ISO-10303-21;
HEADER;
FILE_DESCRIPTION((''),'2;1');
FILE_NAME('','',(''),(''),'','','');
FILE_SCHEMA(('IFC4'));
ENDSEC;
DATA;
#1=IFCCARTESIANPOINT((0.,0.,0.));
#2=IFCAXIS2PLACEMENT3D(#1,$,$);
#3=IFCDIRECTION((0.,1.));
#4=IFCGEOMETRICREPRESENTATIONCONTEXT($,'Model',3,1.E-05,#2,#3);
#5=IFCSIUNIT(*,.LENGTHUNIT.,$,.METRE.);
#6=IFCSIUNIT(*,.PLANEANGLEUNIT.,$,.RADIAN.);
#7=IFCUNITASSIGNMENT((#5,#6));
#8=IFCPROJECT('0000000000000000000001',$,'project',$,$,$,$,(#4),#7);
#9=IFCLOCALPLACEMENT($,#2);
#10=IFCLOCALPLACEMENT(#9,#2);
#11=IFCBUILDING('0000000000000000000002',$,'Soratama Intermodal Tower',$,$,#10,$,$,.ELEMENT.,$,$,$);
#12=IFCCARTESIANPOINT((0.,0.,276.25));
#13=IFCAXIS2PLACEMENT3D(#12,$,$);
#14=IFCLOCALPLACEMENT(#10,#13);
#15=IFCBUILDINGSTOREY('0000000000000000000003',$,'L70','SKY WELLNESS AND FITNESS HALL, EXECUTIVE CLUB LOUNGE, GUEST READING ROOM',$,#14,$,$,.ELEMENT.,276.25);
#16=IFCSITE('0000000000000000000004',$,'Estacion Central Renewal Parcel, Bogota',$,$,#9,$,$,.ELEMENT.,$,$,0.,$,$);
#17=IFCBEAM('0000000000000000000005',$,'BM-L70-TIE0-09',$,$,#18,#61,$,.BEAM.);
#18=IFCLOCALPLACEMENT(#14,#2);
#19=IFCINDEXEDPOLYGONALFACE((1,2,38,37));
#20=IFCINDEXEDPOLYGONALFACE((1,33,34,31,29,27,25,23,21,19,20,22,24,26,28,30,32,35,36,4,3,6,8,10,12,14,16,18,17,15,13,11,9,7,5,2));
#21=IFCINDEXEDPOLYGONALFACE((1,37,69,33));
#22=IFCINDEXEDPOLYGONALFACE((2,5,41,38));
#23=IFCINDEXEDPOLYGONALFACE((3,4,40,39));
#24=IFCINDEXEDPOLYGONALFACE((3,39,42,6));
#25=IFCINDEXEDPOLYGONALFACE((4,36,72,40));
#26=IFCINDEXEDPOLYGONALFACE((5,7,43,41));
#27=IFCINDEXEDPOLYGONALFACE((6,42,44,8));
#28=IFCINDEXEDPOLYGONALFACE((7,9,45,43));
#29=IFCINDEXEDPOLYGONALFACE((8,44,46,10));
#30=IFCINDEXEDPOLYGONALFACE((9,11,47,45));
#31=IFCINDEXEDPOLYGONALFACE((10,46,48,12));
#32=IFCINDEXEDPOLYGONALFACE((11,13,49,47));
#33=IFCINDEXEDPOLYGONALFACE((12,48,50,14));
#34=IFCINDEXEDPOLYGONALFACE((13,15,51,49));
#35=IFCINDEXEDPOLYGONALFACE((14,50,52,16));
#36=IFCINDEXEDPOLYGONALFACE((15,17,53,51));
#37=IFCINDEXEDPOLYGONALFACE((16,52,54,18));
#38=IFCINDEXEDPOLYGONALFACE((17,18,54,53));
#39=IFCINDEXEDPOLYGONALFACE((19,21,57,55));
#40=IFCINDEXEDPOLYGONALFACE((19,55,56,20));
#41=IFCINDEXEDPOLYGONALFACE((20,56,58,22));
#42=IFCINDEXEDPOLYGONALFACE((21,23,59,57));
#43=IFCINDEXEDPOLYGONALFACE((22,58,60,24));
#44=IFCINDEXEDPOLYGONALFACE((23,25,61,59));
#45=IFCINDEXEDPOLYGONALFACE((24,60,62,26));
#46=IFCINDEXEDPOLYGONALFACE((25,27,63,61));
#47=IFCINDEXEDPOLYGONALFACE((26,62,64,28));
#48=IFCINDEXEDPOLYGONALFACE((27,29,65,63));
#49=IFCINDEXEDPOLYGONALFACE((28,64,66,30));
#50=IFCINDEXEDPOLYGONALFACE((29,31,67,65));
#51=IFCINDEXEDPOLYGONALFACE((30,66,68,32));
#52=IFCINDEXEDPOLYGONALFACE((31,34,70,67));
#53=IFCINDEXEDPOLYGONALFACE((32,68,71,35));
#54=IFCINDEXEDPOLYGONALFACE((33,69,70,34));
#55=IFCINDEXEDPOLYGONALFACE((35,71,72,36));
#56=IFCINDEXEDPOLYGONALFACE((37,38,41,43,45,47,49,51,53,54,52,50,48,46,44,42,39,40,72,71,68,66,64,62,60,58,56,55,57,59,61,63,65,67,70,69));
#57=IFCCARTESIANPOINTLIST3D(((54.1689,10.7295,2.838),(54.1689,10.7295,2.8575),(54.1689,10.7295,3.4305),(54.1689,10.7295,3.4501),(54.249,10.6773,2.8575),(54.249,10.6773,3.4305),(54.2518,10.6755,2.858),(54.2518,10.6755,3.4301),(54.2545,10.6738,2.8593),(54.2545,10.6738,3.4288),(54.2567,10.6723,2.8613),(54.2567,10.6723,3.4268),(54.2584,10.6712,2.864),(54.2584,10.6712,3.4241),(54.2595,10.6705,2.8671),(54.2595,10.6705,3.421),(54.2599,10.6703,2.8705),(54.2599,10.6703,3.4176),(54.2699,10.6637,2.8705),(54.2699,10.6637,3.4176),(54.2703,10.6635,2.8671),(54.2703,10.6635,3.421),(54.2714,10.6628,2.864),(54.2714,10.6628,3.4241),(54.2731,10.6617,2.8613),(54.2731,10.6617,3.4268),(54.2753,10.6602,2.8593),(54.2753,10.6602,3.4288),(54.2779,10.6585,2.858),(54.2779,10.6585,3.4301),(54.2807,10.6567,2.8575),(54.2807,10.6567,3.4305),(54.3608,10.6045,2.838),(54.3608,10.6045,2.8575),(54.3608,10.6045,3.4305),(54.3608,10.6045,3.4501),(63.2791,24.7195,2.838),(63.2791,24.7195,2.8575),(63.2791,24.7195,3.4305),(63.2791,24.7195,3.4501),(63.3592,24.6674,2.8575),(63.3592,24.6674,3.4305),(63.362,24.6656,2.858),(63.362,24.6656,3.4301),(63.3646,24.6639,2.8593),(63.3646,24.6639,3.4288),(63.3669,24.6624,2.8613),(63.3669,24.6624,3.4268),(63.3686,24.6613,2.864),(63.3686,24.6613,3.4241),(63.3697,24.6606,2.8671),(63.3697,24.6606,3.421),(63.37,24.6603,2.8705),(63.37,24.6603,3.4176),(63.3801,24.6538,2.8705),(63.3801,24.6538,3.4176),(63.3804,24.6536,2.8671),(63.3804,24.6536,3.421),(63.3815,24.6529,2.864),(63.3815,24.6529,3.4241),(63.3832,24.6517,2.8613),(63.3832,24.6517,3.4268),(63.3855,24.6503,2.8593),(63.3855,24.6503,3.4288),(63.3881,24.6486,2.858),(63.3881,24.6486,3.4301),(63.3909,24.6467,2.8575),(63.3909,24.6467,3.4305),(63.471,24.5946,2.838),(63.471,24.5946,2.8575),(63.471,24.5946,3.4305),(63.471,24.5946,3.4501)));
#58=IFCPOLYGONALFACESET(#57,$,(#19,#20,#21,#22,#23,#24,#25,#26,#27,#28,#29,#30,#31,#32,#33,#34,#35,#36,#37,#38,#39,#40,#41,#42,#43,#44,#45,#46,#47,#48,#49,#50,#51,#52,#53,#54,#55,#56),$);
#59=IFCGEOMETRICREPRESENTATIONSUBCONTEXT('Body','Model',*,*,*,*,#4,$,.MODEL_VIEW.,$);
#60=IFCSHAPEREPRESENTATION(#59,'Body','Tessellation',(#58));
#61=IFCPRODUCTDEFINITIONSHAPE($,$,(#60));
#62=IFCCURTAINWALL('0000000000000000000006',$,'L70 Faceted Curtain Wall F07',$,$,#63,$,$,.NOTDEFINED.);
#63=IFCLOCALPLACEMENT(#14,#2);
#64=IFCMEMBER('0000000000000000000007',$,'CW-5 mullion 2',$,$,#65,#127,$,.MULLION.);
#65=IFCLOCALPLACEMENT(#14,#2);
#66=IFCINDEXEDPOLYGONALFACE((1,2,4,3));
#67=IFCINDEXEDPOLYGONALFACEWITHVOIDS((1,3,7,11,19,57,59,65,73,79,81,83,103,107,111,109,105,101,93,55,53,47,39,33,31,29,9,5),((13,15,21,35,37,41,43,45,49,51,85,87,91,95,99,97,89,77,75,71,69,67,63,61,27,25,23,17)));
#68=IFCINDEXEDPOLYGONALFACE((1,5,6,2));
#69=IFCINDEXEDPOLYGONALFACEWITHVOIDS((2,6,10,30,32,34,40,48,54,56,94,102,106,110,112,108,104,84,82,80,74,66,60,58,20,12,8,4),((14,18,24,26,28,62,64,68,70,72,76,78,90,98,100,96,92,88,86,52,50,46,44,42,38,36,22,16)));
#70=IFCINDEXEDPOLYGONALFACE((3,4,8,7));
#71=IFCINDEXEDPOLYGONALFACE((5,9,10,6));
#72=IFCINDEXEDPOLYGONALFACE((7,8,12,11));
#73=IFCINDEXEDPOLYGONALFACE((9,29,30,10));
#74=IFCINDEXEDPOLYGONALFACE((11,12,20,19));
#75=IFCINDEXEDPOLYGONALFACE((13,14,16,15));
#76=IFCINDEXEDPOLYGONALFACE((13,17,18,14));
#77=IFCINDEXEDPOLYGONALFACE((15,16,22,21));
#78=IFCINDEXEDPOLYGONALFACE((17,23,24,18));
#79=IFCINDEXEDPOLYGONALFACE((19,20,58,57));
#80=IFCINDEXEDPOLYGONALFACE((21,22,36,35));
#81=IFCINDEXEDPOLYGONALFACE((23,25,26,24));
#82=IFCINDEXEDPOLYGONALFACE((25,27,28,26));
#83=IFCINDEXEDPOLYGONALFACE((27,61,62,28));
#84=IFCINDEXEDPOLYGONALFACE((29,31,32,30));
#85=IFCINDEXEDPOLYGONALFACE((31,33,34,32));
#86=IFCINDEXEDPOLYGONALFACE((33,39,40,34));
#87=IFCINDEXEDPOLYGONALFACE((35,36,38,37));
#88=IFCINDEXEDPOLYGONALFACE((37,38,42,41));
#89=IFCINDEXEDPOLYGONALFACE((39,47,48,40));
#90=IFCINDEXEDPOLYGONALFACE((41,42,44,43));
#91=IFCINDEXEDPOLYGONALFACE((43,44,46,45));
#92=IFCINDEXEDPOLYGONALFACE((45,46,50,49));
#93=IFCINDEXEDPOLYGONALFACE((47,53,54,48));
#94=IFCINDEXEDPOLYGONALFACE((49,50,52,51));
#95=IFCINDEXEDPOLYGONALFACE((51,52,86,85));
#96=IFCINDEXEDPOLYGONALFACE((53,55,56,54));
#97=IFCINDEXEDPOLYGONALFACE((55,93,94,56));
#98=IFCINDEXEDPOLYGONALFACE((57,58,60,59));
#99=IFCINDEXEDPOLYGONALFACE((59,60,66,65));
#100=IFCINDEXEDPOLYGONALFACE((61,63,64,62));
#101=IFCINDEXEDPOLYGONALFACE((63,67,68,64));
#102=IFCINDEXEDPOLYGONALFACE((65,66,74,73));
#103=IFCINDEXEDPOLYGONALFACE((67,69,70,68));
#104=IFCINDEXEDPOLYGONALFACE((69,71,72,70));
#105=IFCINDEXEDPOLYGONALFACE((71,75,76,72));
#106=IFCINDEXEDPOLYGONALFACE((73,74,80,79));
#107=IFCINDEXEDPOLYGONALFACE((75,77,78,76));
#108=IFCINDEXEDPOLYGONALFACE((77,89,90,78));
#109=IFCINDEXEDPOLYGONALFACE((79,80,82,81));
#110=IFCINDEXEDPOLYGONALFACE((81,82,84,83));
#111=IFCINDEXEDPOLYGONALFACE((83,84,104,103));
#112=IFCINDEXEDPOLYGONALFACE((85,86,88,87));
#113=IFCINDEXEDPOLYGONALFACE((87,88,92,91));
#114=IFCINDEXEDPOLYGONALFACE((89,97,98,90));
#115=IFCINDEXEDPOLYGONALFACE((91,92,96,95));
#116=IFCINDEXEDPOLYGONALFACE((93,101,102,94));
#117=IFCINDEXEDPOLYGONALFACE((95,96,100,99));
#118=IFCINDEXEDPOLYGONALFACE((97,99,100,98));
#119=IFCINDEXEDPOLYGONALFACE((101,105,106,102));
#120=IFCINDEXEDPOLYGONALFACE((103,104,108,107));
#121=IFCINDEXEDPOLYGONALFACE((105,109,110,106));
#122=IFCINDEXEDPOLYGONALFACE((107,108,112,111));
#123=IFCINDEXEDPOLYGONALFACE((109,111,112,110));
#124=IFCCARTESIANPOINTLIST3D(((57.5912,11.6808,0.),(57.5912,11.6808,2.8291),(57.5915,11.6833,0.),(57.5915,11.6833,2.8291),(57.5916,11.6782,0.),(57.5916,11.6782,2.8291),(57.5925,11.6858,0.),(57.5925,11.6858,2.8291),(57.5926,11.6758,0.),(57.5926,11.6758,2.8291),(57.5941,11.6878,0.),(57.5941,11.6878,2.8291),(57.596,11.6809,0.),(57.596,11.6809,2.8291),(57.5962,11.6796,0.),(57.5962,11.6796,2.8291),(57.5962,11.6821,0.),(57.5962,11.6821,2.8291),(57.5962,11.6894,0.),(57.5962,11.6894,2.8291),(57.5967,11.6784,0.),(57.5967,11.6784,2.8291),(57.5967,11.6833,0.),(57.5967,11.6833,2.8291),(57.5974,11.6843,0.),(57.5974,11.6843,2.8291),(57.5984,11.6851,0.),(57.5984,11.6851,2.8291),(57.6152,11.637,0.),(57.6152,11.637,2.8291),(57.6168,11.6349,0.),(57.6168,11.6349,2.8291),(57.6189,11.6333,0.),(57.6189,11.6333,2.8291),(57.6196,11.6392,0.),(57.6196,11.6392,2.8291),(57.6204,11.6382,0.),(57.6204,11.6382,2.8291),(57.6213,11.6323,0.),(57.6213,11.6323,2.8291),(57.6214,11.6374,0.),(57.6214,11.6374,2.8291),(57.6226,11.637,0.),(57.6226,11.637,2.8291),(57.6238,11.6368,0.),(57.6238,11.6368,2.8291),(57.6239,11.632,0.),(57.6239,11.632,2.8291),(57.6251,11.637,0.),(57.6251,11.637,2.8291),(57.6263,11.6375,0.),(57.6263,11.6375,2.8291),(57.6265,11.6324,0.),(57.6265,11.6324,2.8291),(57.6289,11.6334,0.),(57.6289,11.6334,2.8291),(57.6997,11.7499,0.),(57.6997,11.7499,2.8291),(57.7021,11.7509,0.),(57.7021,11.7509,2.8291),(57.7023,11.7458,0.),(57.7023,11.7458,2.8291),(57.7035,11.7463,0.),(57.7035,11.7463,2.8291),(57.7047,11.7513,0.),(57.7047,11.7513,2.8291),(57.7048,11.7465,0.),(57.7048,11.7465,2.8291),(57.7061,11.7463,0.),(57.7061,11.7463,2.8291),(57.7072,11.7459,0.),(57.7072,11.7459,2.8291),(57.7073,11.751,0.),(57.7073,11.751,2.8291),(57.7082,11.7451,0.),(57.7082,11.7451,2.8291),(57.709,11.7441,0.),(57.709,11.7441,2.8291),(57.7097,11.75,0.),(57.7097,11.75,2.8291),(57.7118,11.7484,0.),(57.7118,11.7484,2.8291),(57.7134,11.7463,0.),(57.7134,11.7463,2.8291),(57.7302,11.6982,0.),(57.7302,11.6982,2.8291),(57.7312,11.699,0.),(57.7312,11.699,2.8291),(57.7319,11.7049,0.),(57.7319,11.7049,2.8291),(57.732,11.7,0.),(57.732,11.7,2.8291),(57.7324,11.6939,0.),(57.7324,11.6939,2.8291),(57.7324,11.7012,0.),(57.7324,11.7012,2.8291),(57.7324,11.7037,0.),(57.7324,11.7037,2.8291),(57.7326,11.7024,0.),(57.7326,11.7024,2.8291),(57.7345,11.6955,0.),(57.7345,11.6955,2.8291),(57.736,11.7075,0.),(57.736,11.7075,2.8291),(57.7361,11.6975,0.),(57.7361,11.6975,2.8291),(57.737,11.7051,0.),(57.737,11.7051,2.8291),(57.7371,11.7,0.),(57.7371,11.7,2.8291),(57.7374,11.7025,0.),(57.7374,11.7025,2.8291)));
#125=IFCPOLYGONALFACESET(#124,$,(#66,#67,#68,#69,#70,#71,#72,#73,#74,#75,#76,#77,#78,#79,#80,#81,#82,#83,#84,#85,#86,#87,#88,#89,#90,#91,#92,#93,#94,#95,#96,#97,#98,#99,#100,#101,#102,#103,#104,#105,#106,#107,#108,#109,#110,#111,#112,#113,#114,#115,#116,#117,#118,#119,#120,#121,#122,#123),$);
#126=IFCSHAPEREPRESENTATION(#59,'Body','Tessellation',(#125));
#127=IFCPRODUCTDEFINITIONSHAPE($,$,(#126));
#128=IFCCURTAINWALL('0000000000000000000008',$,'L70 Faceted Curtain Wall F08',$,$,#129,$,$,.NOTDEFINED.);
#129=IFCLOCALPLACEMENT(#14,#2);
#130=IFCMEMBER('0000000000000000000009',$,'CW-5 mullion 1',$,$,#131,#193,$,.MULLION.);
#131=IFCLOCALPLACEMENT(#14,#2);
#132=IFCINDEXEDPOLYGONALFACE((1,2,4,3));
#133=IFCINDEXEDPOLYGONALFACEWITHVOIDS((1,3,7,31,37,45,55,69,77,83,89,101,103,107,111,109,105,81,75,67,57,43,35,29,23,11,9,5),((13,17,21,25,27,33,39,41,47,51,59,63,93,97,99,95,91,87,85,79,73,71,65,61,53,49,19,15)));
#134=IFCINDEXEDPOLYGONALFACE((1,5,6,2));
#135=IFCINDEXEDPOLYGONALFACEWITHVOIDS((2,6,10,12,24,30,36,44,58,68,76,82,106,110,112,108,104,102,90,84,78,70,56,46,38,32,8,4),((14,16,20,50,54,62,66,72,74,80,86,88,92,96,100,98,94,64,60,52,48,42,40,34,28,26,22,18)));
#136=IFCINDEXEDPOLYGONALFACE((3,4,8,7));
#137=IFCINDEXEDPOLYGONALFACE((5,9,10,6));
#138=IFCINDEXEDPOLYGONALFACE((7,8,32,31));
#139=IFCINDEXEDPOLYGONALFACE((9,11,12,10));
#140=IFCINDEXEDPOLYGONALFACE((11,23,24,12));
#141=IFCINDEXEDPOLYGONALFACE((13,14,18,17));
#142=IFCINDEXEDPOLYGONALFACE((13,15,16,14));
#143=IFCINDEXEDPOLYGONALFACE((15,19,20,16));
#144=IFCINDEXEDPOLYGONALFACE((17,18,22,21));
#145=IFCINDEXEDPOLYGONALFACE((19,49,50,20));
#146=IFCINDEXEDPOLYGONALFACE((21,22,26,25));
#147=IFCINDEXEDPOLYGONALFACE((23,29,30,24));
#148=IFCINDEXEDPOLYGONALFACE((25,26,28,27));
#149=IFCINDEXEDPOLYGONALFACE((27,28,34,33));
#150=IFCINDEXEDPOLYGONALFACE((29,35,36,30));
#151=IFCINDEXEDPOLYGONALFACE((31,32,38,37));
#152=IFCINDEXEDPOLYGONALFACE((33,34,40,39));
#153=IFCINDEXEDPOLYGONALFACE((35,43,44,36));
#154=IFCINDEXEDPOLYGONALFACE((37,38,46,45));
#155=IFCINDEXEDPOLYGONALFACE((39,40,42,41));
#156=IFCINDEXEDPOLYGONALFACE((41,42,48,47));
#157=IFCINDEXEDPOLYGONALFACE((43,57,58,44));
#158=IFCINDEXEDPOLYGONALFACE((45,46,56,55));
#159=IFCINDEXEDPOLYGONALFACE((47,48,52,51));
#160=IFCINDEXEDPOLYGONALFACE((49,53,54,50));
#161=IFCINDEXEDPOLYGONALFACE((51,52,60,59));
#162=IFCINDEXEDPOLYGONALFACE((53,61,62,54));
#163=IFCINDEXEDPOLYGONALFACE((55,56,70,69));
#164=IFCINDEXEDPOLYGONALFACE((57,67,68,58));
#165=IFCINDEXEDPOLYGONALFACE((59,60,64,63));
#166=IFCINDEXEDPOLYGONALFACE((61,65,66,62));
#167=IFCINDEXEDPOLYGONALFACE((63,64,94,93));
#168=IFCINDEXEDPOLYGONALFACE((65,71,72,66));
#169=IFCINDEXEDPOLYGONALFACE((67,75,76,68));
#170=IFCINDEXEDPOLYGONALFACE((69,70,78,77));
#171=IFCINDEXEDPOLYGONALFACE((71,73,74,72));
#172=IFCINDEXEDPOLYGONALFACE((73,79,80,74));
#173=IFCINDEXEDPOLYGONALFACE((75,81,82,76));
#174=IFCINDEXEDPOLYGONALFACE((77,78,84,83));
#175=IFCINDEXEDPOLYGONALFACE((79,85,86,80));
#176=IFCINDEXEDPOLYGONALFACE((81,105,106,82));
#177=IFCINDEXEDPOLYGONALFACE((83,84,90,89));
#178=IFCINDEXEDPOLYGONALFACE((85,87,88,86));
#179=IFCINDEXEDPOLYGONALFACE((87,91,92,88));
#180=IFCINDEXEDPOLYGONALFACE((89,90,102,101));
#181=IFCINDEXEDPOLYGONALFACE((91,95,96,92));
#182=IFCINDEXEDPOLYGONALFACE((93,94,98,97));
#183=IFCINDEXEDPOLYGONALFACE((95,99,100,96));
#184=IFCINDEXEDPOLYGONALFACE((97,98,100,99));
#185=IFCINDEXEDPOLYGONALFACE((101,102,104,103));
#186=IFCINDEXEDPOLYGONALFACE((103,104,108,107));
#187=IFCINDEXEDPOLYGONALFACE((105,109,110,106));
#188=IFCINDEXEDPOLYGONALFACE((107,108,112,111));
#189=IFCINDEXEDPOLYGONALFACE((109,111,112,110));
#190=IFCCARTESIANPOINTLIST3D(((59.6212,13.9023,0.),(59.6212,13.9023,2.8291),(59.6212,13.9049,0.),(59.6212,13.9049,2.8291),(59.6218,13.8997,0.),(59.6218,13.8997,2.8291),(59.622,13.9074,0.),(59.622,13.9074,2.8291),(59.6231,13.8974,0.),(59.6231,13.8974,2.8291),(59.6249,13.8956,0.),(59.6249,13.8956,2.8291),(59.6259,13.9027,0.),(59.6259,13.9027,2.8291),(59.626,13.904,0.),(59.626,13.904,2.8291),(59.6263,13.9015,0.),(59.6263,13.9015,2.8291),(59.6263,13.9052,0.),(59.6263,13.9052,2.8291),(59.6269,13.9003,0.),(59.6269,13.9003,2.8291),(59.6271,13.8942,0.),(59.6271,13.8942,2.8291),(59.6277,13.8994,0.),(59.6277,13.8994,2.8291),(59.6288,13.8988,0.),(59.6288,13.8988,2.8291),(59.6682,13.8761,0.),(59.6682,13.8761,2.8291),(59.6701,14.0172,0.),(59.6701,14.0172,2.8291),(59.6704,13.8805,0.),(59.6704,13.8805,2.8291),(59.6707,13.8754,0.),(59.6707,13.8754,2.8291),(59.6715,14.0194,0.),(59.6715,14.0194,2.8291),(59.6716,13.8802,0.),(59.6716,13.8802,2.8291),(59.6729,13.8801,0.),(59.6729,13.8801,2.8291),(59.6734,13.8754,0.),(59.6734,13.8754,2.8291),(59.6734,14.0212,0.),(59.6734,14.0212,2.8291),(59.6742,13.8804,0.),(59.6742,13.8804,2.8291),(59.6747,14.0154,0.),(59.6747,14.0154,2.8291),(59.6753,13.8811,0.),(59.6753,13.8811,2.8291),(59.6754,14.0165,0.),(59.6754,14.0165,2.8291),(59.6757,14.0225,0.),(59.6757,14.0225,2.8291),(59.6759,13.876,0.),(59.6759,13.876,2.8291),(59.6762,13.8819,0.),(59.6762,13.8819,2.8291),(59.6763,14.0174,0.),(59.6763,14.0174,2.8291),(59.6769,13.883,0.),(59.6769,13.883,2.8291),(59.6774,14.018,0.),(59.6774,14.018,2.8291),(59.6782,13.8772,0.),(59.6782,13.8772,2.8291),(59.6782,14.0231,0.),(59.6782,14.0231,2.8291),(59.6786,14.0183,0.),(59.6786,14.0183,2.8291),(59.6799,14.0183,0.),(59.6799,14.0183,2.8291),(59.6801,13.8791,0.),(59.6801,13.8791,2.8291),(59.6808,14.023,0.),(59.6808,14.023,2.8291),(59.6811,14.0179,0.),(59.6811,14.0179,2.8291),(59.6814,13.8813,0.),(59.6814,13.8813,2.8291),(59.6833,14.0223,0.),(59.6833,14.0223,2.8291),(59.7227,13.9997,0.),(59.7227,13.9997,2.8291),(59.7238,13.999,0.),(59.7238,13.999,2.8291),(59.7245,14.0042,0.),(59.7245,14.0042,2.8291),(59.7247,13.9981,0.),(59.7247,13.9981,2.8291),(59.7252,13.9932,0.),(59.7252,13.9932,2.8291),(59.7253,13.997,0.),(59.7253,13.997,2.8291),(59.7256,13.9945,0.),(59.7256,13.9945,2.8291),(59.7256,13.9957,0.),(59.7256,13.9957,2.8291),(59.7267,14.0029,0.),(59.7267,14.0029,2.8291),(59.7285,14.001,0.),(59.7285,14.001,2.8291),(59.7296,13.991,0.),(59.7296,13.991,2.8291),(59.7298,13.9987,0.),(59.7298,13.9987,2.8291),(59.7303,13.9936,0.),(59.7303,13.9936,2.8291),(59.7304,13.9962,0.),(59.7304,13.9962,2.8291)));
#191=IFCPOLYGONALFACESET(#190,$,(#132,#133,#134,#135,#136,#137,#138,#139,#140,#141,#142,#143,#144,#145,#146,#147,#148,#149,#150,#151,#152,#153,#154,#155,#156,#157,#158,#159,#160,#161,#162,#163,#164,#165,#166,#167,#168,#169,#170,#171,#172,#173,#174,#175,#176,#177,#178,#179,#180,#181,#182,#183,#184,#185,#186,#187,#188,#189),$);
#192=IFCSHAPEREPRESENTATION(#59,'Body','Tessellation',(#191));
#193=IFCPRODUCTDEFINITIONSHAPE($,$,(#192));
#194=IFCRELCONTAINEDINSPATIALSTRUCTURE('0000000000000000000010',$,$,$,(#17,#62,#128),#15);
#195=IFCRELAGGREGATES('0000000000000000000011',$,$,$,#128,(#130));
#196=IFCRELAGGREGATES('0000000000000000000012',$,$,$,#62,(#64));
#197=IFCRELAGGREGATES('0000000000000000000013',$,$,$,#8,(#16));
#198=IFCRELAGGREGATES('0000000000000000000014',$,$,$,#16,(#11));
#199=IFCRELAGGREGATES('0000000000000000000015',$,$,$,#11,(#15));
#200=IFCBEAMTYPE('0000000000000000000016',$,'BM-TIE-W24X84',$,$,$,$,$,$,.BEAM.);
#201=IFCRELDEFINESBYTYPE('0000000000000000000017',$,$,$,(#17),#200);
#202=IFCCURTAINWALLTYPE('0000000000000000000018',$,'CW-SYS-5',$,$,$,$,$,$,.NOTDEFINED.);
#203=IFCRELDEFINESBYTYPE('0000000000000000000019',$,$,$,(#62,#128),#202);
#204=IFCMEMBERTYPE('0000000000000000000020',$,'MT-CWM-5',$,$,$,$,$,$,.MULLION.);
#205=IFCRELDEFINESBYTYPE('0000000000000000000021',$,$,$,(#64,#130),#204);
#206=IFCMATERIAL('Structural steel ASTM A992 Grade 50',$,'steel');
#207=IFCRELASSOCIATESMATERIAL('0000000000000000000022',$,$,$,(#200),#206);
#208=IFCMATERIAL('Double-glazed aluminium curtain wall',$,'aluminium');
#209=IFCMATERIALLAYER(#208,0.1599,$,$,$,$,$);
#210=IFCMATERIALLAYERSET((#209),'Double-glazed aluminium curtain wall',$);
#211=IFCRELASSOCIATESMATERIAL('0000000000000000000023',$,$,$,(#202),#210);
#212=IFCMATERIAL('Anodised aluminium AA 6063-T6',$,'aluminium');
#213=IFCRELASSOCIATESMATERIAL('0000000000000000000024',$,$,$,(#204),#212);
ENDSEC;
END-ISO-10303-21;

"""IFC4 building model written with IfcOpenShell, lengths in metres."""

from ifc_helpers import new_model, si_unit, direction, frame, origin, origin_2d, place, context, subcontext, project, spatial, hollow_rectangle, i_section, extrude, material, layer, layer_set, material_profile, profile_set, type_object, element, aggregate, save


model = new_model("IFC4")

# Units and contexts
model_context = context("Model", 3, precision=1e-05, world=origin(), true_north=direction((0.0, 1.0)))
body_context = subcontext(model_context, "Body", "Model", "MODEL_VIEW")
ifc_project = project(units=[si_unit("LENGTHUNIT", "METRE"), si_unit("PLANEANGLEUNIT", "RADIAN")], contexts=[model_context])

# Site, building, storey
site_placement = place(None, origin())
site = spatial("IfcSite", under=ifc_project, at=site_placement, Name="Estacion Central Renewal Parcel, Bogota", CompositionType="ELEMENT", RefElevation=0.0)
building_placement = place(site_placement, origin())
building = spatial("IfcBuilding", under=site, at=building_placement, Name="Soratama Intermodal Tower", CompositionType="ELEMENT")
storey_placement = place(building_placement, frame((0.0, 0.0, 276.25)))
storey = spatial("IfcBuildingStorey", under=building, at=storey_placement, Name="L70", Description="SKY WELLNESS AND FITNESS HALL, EXECUTIVE CLUB LOUNGE, GUEST READING ROOM", CompositionType="ELEMENT", Elevation=276.25)

# Beam
ifc_material_1 = material(Name="Structural steel ASTM A992 Grade 50", Category="steel")
ifc_material_profile_1 = material_profile(ifc_material_1, i_section(OverallWidth=0.229, OverallDepth=0.6121, WebThickness=0.012, FlangeThickness=0.0195, FilletRadius=0.0129, at=origin_2d()), Name="W24X84")
ifc_profile_set_1 = profile_set([ifc_material_profile_1], Name="Structural steel ASTM A992 Grade 50")
beam_type_1 = type_object("IfcBeamType", Name="BM-TIE-W24X84", PredefinedType="BEAM", material=ifc_profile_set_1)
beam_1_placement = place(storey_placement, frame((54.2649, 10.667, 3.144), z_axis=(0.545688, 0.837989, 0.0), x_axis=(-0.837989, 0.545688, 0.0)))
element("IfcBeam", 1, at=beam_1_placement, inside=storey, type_object=beam_type_1, Name="BM-L70-TIE0-09", PredefinedType="BEAM", context=body_context, shape_type="SweptSolid", body=[
    extrude(i_section(OverallWidth=0.229, OverallDepth=0.6121, WebThickness=0.012, FlangeThickness=0.0195, FilletRadius=0.0129, at=origin_2d()), origin(), (0.0, 0.0, 1.0), 16.6948),
])

# Curtain walls, members
ifc_material_2 = material(Name="Double-glazed aluminium curtain wall", Category="aluminium")
ifc_layer_1 = layer(ifc_material_2, 0.1599)
ifc_layer_set_1 = layer_set([ifc_layer_1], Name="Double-glazed aluminium curtain wall")
curtain_wall_type = type_object("IfcCurtainWallType", Name="CW-SYS-5", PredefinedType="NOTDEFINED", material=ifc_layer_set_1)
curtain_wall_1_placement = place(storey_placement, origin())
curtain_wall_1 = element("IfcCurtainWall", 2, at=curtain_wall_1_placement, inside=storey, type_object=curtain_wall_type, Name="L70 Faceted Curtain Wall F07", PredefinedType="NOTDEFINED")
ifc_material_3 = material(Name="Anodised aluminium AA 6063-T6", Category="aluminium")
ifc_material_profile_2 = material_profile(ifc_material_3, hollow_rectangle(XDim=0.0649, YDim=0.1399, WallThickness=0.0049, InnerFilletRadius=0.0049, OuterFilletRadius=0.01, at=origin_2d()), Name="CWM140X65X5")
ifc_profile_set_2 = profile_set([ifc_material_profile_2], Name="Anodised aluminium AA 6063-T6")
member_type_1 = type_object("IfcMemberType", Name="MT-CWM-5", PredefinedType="MULLION", material=ifc_profile_set_2)
member_1_placement = place(storey_placement, frame((57.6643, 11.6917, 0.0), z_axis=(0.0, 0.0, 1.0), x_axis=(-0.504528, 0.863395, 0.0)))
member_1 = element("IfcMember", 3, at=member_1_placement, type_object=member_type_1, Name="CW-5 mullion 2", PredefinedType="MULLION", context=body_context, shape_type="SweptSolid", body=[
    extrude(hollow_rectangle(XDim=0.0649, YDim=0.1399, WallThickness=0.0049, InnerFilletRadius=0.0049, OuterFilletRadius=0.01, at=origin_2d()), origin(), (0.0, 0.0, 1.0), 2.8291),
])
curtain_wall_2_placement = place(storey_placement, origin())
curtain_wall_2 = element("IfcCurtainWall", 4, at=curtain_wall_2_placement, inside=storey, type_object=curtain_wall_type, Name="L70 Faceted Curtain Wall F08", PredefinedType="NOTDEFINED")
member_2_placement = place(storey_placement, frame((59.6758, 13.9492, 0.0), z_axis=(0.0, 0.0, 1.0), x_axis=(-0.915661, 0.401952, 0.0)))
member_2 = element("IfcMember", 5, at=member_2_placement, type_object=member_type_1, Name="CW-5 mullion 1", PredefinedType="MULLION", context=body_context, shape_type="SweptSolid", body=[
    extrude(hollow_rectangle(XDim=0.0649, YDim=0.1399, WallThickness=0.0049, InnerFilletRadius=0.0049, OuterFilletRadius=0.01, at=origin_2d()), origin(), (0.0, 0.0, 1.0), 2.8291),
])

aggregate(curtain_wall_2, [member_2])

aggregate(curtain_wall_1, [member_1])

save(model, "model.ifc")
